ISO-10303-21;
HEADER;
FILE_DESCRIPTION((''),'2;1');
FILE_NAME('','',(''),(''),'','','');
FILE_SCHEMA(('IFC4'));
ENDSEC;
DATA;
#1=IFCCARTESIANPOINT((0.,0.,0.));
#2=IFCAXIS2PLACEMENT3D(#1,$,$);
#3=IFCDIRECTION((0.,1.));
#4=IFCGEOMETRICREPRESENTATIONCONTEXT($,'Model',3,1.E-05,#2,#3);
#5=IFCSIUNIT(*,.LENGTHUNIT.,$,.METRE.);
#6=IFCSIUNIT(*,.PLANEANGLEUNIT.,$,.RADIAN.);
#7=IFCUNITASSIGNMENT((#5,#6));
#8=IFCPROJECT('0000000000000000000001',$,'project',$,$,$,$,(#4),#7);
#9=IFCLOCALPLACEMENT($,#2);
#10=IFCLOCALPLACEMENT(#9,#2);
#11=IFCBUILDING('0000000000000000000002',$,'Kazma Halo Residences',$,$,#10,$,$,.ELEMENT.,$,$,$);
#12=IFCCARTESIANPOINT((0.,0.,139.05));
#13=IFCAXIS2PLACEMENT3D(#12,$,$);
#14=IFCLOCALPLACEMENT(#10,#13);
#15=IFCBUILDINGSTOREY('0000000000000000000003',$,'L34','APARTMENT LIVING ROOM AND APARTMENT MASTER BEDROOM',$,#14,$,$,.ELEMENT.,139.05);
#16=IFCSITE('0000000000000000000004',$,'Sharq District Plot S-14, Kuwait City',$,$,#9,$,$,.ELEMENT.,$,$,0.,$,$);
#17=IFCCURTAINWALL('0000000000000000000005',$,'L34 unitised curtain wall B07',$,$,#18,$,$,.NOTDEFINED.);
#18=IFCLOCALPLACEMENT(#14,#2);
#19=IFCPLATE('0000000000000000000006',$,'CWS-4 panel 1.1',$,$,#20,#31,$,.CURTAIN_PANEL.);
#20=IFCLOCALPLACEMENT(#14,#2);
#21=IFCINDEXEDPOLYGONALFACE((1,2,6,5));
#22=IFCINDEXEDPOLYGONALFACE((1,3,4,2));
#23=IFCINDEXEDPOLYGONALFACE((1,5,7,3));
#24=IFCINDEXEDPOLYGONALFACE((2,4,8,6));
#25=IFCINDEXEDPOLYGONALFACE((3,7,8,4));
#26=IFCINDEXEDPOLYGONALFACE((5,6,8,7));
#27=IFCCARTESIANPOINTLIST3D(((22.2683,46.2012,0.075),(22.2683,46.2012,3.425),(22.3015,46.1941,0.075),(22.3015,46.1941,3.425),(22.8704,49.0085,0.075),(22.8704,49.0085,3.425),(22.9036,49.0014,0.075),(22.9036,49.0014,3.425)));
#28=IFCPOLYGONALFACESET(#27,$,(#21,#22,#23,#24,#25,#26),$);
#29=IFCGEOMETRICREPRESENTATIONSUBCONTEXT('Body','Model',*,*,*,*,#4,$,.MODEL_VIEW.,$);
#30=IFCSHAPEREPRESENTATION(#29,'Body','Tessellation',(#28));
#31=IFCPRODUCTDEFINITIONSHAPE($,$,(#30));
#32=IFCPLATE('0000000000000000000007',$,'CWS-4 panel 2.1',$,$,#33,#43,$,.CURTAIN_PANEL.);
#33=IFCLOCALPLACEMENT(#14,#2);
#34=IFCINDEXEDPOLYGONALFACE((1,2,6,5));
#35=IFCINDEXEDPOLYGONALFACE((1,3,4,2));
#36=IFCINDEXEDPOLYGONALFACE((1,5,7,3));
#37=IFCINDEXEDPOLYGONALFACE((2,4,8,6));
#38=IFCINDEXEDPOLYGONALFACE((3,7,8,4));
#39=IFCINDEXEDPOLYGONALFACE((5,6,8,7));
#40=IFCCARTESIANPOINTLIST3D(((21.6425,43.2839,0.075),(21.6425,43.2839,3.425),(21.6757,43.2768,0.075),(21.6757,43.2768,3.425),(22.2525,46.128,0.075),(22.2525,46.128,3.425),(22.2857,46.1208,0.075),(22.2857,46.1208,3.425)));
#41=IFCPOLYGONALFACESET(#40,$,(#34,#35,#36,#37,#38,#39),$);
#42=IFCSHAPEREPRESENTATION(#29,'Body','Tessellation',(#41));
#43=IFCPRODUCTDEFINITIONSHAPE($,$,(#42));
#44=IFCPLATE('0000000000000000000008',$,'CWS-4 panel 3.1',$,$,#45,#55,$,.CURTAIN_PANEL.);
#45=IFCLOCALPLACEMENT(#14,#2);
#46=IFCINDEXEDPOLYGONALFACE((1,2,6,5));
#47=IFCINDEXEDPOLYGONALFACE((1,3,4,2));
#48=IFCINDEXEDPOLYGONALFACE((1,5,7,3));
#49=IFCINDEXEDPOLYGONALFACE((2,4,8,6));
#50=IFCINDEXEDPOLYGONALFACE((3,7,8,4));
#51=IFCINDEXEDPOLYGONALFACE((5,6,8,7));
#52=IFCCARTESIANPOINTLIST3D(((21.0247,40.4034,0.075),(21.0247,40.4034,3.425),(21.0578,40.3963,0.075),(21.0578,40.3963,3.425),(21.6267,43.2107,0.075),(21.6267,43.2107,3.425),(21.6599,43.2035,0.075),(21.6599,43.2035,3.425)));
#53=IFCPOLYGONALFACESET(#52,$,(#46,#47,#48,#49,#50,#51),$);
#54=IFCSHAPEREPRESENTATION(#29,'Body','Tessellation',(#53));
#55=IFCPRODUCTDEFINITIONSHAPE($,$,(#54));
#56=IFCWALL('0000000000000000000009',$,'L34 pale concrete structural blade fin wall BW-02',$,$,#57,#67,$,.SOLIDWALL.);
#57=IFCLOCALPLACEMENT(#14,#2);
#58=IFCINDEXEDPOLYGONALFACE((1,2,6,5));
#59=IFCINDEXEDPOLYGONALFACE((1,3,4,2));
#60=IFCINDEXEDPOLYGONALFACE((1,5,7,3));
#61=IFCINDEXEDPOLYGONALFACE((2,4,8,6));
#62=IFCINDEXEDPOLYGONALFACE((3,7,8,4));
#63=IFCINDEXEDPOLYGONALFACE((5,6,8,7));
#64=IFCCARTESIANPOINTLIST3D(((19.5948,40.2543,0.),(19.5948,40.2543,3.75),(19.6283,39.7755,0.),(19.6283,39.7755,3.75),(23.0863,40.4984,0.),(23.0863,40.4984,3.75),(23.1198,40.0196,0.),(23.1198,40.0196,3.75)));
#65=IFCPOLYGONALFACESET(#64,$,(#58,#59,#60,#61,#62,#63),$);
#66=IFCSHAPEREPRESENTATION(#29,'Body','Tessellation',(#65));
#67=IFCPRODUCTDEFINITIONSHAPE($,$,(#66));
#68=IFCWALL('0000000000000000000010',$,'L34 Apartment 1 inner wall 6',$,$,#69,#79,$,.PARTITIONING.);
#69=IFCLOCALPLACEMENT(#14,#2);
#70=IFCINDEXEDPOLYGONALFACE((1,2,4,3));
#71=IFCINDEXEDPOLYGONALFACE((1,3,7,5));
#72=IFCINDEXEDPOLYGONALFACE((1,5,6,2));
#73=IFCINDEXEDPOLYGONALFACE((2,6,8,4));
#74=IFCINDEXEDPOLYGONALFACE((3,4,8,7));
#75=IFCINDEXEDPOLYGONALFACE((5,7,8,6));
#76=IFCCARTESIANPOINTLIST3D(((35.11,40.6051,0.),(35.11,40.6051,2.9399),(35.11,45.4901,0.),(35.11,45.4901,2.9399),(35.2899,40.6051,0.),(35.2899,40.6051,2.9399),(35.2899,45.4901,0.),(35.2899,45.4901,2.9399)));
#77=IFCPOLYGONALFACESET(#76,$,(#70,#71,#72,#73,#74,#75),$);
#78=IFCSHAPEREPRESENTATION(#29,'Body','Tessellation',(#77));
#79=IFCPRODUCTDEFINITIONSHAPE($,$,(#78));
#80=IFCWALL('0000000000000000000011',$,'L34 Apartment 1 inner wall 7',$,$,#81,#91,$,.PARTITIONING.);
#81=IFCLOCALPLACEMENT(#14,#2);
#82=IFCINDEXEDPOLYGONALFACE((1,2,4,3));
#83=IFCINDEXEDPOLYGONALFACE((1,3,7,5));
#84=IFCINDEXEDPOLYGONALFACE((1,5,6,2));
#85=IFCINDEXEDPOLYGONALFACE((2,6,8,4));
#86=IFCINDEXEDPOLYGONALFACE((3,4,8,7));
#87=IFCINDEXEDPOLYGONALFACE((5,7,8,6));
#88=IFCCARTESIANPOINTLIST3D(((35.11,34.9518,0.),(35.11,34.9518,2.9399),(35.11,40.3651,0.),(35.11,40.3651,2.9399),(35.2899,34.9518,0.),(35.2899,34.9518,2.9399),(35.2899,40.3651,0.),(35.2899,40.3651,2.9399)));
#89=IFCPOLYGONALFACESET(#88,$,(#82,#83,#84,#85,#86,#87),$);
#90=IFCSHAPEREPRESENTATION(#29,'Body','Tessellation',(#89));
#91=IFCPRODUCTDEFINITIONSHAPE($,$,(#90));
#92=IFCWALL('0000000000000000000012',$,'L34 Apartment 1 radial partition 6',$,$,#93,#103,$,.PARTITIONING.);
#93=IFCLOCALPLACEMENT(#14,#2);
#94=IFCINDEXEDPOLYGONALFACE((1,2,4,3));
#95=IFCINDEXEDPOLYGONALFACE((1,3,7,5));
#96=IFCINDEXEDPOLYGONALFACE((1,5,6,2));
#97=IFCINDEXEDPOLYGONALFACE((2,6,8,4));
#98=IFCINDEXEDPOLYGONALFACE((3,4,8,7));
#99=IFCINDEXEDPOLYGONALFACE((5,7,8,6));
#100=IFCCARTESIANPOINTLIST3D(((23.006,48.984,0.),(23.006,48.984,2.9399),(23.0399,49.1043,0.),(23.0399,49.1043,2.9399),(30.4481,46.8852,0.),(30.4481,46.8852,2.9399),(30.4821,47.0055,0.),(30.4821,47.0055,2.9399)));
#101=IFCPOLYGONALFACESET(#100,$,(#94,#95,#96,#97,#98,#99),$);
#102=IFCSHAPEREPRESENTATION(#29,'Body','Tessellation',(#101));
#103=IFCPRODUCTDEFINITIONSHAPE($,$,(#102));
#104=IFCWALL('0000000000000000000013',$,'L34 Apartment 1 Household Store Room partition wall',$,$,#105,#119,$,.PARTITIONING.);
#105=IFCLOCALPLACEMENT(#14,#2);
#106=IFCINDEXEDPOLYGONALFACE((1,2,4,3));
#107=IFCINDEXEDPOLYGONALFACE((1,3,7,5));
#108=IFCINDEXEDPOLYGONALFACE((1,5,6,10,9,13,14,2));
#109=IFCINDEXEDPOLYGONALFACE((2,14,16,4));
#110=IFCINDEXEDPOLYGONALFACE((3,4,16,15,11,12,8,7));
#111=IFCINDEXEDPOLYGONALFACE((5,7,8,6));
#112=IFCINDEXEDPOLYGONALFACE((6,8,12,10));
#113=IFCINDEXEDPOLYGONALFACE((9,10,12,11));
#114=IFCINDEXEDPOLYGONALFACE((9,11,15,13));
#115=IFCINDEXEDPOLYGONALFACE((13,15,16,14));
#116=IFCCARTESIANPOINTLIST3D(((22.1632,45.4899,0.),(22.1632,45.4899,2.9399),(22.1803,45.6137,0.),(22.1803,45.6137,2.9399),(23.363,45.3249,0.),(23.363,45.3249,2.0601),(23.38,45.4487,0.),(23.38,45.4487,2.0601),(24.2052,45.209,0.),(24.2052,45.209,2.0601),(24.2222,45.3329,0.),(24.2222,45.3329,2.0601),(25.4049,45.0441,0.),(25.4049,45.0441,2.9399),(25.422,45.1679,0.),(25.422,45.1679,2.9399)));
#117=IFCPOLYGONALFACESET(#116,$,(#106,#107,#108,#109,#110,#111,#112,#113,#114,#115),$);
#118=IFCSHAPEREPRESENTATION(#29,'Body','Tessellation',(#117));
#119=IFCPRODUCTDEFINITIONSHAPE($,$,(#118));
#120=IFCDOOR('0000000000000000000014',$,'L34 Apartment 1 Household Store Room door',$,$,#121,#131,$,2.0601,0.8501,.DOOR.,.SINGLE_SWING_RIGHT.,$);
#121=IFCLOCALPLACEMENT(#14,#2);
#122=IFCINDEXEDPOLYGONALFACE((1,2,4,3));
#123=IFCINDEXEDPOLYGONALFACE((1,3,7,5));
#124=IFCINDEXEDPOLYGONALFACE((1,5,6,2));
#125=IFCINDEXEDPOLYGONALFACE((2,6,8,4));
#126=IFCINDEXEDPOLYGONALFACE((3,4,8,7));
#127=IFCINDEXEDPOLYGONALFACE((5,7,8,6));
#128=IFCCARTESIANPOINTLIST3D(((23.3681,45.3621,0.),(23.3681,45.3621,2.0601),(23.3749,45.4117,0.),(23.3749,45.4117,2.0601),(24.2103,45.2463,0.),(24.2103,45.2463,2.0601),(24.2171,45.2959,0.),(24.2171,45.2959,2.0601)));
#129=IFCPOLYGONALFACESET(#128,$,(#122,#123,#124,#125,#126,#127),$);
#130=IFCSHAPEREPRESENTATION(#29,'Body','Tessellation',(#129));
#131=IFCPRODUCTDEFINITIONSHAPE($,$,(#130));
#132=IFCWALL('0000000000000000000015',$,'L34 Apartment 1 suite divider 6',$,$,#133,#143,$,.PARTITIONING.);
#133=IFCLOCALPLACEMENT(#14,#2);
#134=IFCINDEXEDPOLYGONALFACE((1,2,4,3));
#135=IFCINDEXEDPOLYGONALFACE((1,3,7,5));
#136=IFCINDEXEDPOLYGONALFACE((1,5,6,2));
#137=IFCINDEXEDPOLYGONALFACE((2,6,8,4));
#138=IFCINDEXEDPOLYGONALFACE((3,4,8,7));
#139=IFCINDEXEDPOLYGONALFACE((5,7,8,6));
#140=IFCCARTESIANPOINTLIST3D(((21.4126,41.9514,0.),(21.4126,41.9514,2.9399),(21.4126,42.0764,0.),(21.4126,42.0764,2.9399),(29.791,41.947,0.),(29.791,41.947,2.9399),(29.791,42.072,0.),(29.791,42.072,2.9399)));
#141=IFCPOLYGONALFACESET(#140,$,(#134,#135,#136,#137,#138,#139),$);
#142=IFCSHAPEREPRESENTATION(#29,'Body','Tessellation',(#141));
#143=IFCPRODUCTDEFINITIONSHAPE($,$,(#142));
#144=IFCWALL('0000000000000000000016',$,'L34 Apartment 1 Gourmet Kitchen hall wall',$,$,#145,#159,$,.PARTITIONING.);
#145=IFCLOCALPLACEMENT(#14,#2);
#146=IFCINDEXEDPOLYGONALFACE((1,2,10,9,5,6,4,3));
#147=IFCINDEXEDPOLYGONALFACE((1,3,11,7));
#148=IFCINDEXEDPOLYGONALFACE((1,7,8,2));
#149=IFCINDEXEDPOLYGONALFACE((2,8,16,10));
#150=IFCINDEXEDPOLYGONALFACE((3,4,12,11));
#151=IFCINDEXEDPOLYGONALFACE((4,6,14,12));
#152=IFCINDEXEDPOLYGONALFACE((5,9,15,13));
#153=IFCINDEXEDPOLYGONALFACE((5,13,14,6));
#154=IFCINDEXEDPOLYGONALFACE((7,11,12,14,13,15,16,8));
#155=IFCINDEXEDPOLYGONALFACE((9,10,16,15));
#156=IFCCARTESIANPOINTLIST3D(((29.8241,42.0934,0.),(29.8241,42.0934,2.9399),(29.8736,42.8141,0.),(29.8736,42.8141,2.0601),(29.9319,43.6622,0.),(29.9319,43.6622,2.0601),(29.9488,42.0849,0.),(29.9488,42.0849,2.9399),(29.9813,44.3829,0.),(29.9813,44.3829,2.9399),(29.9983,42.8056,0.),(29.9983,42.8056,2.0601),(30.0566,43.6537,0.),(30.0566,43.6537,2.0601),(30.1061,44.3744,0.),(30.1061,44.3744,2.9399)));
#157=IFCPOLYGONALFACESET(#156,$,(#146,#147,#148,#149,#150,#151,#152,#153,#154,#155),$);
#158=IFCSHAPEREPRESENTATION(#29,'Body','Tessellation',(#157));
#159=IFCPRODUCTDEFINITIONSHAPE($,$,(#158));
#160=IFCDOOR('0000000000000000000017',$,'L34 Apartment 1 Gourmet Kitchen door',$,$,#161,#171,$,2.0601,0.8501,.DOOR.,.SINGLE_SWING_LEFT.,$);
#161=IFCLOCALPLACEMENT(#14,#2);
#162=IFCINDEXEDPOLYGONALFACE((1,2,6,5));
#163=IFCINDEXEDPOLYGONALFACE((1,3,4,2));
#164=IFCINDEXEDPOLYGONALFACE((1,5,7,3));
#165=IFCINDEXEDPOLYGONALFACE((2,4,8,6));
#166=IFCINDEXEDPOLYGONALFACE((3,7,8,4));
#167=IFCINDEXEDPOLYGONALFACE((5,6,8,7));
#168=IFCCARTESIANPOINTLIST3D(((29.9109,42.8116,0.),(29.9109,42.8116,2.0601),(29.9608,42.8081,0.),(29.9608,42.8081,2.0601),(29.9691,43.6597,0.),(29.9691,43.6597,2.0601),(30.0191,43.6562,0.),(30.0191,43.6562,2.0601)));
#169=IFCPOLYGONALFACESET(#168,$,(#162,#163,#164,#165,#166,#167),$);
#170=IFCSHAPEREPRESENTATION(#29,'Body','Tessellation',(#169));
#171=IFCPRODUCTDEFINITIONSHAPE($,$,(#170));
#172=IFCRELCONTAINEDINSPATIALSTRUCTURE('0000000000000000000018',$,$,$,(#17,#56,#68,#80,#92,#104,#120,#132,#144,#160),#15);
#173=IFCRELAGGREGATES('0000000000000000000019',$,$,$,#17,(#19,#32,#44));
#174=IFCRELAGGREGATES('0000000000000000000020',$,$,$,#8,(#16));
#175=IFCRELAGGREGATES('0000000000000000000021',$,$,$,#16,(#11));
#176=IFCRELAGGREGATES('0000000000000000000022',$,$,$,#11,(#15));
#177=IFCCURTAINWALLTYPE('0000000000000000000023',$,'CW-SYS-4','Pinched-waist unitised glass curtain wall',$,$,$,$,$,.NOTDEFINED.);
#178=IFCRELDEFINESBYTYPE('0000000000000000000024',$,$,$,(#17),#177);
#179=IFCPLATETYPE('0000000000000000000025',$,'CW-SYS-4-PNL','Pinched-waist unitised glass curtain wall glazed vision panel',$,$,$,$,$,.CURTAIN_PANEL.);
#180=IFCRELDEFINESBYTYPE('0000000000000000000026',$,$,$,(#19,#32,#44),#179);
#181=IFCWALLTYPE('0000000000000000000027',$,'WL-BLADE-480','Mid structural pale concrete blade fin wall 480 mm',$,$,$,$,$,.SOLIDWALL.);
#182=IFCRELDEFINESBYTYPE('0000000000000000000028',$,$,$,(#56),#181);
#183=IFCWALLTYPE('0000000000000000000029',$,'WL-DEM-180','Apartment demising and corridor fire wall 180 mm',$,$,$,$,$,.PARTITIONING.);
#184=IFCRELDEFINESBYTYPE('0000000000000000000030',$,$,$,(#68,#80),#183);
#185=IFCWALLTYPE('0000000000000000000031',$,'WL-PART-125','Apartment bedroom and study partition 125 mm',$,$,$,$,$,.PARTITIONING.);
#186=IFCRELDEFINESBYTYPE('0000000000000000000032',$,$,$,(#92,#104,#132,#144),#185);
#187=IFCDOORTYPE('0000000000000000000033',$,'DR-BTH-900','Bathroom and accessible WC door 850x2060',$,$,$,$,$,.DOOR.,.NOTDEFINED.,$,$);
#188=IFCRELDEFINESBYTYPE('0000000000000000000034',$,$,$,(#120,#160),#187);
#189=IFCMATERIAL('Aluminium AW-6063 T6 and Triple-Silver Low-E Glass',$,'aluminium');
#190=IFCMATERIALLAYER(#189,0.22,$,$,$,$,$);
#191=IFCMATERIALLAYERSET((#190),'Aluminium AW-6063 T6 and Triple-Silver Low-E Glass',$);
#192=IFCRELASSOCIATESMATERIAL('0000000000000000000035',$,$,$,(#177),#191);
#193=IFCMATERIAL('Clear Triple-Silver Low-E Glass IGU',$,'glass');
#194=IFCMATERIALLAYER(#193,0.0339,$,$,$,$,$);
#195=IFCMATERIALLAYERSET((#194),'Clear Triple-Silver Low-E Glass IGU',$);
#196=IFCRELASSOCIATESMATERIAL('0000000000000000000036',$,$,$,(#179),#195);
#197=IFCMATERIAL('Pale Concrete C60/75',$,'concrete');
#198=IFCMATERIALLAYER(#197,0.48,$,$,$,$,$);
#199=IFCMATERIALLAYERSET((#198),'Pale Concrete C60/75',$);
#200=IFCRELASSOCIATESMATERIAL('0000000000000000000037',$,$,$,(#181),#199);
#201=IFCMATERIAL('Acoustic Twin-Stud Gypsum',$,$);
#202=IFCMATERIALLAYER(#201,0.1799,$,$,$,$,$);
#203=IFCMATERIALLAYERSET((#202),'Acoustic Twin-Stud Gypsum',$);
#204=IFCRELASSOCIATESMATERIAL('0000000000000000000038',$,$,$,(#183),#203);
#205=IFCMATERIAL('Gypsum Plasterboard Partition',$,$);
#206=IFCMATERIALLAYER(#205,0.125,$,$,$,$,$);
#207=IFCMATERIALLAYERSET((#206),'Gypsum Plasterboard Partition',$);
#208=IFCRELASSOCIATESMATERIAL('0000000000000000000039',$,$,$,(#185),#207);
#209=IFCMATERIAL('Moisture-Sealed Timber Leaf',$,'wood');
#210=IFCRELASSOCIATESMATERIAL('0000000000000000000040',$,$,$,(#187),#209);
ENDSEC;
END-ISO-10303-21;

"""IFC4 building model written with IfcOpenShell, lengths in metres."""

from ifc_helpers import new_model, si_unit, direction, frame, frame_2d, origin, origin_2d, place, context, subcontext, project, spatial, rectangle, extrude, material, layer, layer_set, type_object, element, fill, aggregate, save


model = new_model("IFC4")

# Units and contexts
model_context = context("Model", 3, precision=1e-05, world=origin(), true_north=direction((0.0, 1.0)))
body_context = subcontext(model_context, "Body", "Model", "MODEL_VIEW")
ifc_project = project(units=[si_unit("LENGTHUNIT", "METRE"), si_unit("PLANEANGLEUNIT", "RADIAN")], contexts=[model_context])

# Site, building, storey
site_placement = place(None, origin())
site = spatial("IfcSite", under=ifc_project, at=site_placement, Name="Sharq District Plot S-14, Kuwait City", CompositionType="ELEMENT", RefElevation=0.0)
building_placement = place(site_placement, origin())
building = spatial("IfcBuilding", under=site, at=building_placement, Name="Kazma Halo Residences", CompositionType="ELEMENT")
storey_placement = place(building_placement, frame((0.0, 0.0, 139.05)))
storey = spatial("IfcBuildingStorey", under=building, at=storey_placement, Name="L34", Description="APARTMENT LIVING ROOM AND APARTMENT MASTER BEDROOM", CompositionType="ELEMENT", Elevation=139.05)

# Curtain wall, plates
ifc_material_1 = material(Name="Aluminium AW-6063 T6 and Triple-Silver Low-E Glass", Category="aluminium")
ifc_layer_1 = layer(ifc_material_1, 0.22)
ifc_layer_set_1 = layer_set([ifc_layer_1], Name="Aluminium AW-6063 T6 and Triple-Silver Low-E Glass")
curtain_wall_type = type_object("IfcCurtainWallType", Name="CW-SYS-4", Description="Pinched-waist unitised glass curtain wall", PredefinedType="NOTDEFINED", material=ifc_layer_set_1)
curtain_wall_placement = place(storey_placement, origin())
curtain_wall = element("IfcCurtainWall", 1, at=curtain_wall_placement, inside=storey, type_object=curtain_wall_type, Name="L34 unitised curtain wall B07", PredefinedType="NOTDEFINED")
ifc_material_2 = material(Name="Clear Triple-Silver Low-E Glass IGU", Category="glass")
ifc_layer_2 = layer(ifc_material_2, 0.0339)
ifc_layer_set_2 = layer_set([ifc_layer_2], Name="Clear Triple-Silver Low-E Glass IGU")
plate_type = type_object("IfcPlateType", Name="CW-SYS-4-PNL", Description="Pinched-waist unitised glass curtain wall glazed vision panel", PredefinedType="CURTAIN_PANEL", material=ifc_layer_set_2)
plate_1_placement = place(storey_placement, frame((22.5859, 47.6013, 0.075), z_axis=(0.0, 0.0, 1.0), x_axis=(-0.209704, -0.977765, 0.0)))
plate_1 = element("IfcPlate", 2, at=plate_1_placement, type_object=plate_type, Name="CWS-4 panel 1.1", PredefinedType="CURTAIN_PANEL", context=body_context, shape_type="SweptSolid", body=[
    extrude(rectangle(XDim=2.8711, YDim=0.0339, at=origin_2d()), origin(), (0.0, 0.0, 1.0), 3.3501),
])
plate_2_placement = place(storey_placement, frame((21.9641, 44.7024, 0.075), z_axis=(0.0, 0.0, 1.0), x_axis=(-0.209704, -0.977765, 0.0)))
plate_2 = element("IfcPlate", 3, at=plate_2_placement, type_object=plate_type, Name="CWS-4 panel 2.1", PredefinedType="CURTAIN_PANEL", context=body_context, shape_type="SweptSolid", body=[
    extrude(rectangle(XDim=2.9087, YDim=0.0339, at=origin_2d()), origin(), (0.0, 0.0, 1.0), 3.3501),
])
plate_3_placement = place(storey_placement, frame((21.3423, 41.8035, 0.075), z_axis=(0.0, 0.0, 1.0), x_axis=(-0.209704, -0.977765, 0.0)))
plate_3 = element("IfcPlate", 4, at=plate_3_placement, type_object=plate_type, Name="CWS-4 panel 3.1", PredefinedType="CURTAIN_PANEL", context=body_context, shape_type="SweptSolid", body=[
    extrude(rectangle(XDim=2.8711, YDim=0.0339, at=origin_2d()), origin(), (0.0, 0.0, 1.0), 3.3501),
])
aggregate(curtain_wall, [plate_1, plate_2, plate_3])

# Walls
ifc_material_3 = material(Name="Pale Concrete C60/75", Category="concrete")
ifc_layer_3 = layer(ifc_material_3, 0.48)
ifc_layer_set_3 = layer_set([ifc_layer_3], Name="Pale Concrete C60/75")
wall_type_1 = type_object("IfcWallType", Name="WL-BLADE-480", Description="Mid structural pale concrete blade fin wall 480 mm", PredefinedType="SOLIDWALL", material=ifc_layer_set_3)
wall_1_placement = place(storey_placement, frame((23.103, 40.259, 0.0), z_axis=(0.0, 0.0, 1.0), x_axis=(-0.997564, -0.069755, 0.0)))
element("IfcWall", 5, at=wall_1_placement, inside=storey, type_object=wall_type_1, Name="L34 pale concrete structural blade fin wall BW-02", PredefinedType="SOLIDWALL", context=body_context, shape_type="SweptSolid", body=[
    extrude(rectangle(XDim=3.5, YDim=0.48, at=frame_2d((1.75, 0.0))), origin(), (0.0, 0.0, 1.0), 3.75),
])
ifc_material_4 = material(Name="Acoustic Twin-Stud Gypsum")
ifc_layer_4 = layer(ifc_material_4, 0.1799)
ifc_layer_set_4 = layer_set([ifc_layer_4], Name="Acoustic Twin-Stud Gypsum")
wall_type_2 = type_object("IfcWallType", Name="WL-DEM-180", Description="Apartment demising and corridor fire wall 180 mm", PredefinedType="PARTITIONING", material=ifc_layer_set_4)
wall_2_placement = place(storey_placement, frame((35.2, 45.49, 0.0), z_axis=(0.0, 0.0, 1.0), x_axis=(0.0, -1.0, 0.0)))
element("IfcWall", 6, at=wall_2_placement, inside=storey, type_object=wall_type_2, Name="L34 Apartment 1 inner wall 6", PredefinedType="PARTITIONING", context=body_context, shape_type="SweptSolid", body=[
    extrude(rectangle(XDim=4.885, YDim=0.1799, at=frame_2d((2.4424, 0.0))), origin(), (0.0, 0.0, 1.0), 2.9399),
])
wall_3_placement = place(storey_placement, frame((35.2, 40.365, 0.0), z_axis=(0.0, 0.0, 1.0), x_axis=(0.0, -1.0, 0.0)))
element("IfcWall", 7, at=wall_3_placement, inside=storey, type_object=wall_type_2, Name="L34 Apartment 1 inner wall 7", PredefinedType="PARTITIONING", context=body_context, shape_type="SweptSolid", body=[
    extrude(rectangle(XDim=5.4133, YDim=0.1799, at=frame_2d((2.7065, 0.0))), origin(), (0.0, 0.0, 1.0), 2.9399),
])
ifc_material_5 = material(Name="Gypsum Plasterboard Partition")
ifc_layer_5 = layer(ifc_material_5, 0.125)
ifc_layer_set_5 = layer_set([ifc_layer_5], Name="Gypsum Plasterboard Partition")
wall_type_3 = type_object("IfcWallType", Name="WL-PART-125", Description="Apartment bedroom and study partition 125 mm", PredefinedType="PARTITIONING", material=ifc_layer_set_5)
wall_4_placement = place(storey_placement, frame((30.4651, 46.9453, 0.0), z_axis=(0.0, 0.0, 1.0), x_axis=(-0.962456, 0.271438, 0.0)))
element("IfcWall", 8, at=wall_4_placement, inside=storey, type_object=wall_type_3, Name="L34 Apartment 1 radial partition 6", PredefinedType="PARTITIONING", context=body_context, shape_type="SweptSolid", body=[
    extrude(rectangle(XDim=7.7324, YDim=0.125, at=frame_2d((3.8662, 0.0))), origin(), (0.0, 0.0, 1.0), 2.9399),
])

# Wall, opening, door
wall_5_placement = place(storey_placement, frame((25.4136, 45.106, 0.0), z_axis=(0.0, 0.0, 1.0), x_axis=(-0.990676, 0.136238, 0.0)))
wall_5 = element("IfcWall", 9, at=wall_5_placement, inside=storey, type_object=wall_type_3, Name="L34 Apartment 1 Household Store Room partition wall", PredefinedType="PARTITIONING", context=body_context, shape_type="SweptSolid", body=[
    extrude(rectangle(XDim=3.2722, YDim=0.125, at=frame_2d((1.6362, 0.0))), origin(), (0.0, 0.0, 1.0), 2.9399),
])
opening_1_placement = place(wall_5_placement, frame((1.2112, 0.0, 0.0)))
opening_1 = element("IfcOpeningElement", 10, at=opening_1_placement, cuts=wall_5, PredefinedType="OPENING", context=body_context, shape_type="SweptSolid", body=[
    extrude(rectangle(XDim=0.8501, YDim=2.0601, at=frame_2d((0.425, 1.03))), frame((0.0, 0.0725, 0.0), z_axis=(0.0, -1.0, 0.0), x_axis=(1.0, 0.0, 0.0)), (0.0, 0.0, 1.0), 0.145),
])
ifc_material_6 = material(Name="Moisture-Sealed Timber Leaf", Category="wood")
door_type = type_object("IfcDoorType", Name="DR-BTH-900", Description="Bathroom and accessible WC door 850x2060", OperationType="NOTDEFINED", PredefinedType="DOOR", material=ifc_material_6)
door_1_placement = place(opening_1_placement, origin())
door_1 = element("IfcDoor", 11, at=door_1_placement, inside=storey, type_object=door_type, Name="L34 Apartment 1 Household Store Room door", OperationType="SINGLE_SWING_RIGHT", OverallHeight=2.0601, OverallWidth=0.8501, PredefinedType="DOOR", context=body_context, shape_type="SweptSolid", body=[
    extrude(rectangle(XDim=0.8501, YDim=2.0601, at=frame_2d((0.425, 1.03))), frame((0.0, 0.0249, 0.0), z_axis=(0.0, -1.0, 0.0), x_axis=(1.0, 0.0, 0.0)), (0.0, 0.0, 1.0), 0.05),
])
fill(opening_1, door_1)

# Wall
wall_6_placement = place(storey_placement, frame((29.791, 42.0095, 0.0), z_axis=(0.0, 0.0, 1.0), x_axis=(-1.0, 0.000525, 0.0)))
element("IfcWall", 12, at=wall_6_placement, inside=storey, type_object=wall_type_3, Name="L34 Apartment 1 suite divider 6", PredefinedType="PARTITIONING", context=body_context, shape_type="SweptSolid", body=[
    extrude(rectangle(XDim=8.3784, YDim=0.125, at=frame_2d((4.1892, 0.0))), origin(), (0.0, 0.0, 1.0), 2.9399),
])

# Wall, opening, door
wall_7_placement = place(storey_placement, frame((30.0437, 44.3787, 0.0), z_axis=(0.0, 0.0, 1.0), x_axis=(-0.06851, -0.99765, 0.0)))
wall_7 = element("IfcWall", 13, at=wall_7_placement, inside=storey, type_object=wall_type_3, Name="L34 Apartment 1 Gourmet Kitchen hall wall", PredefinedType="PARTITIONING", context=body_context, shape_type="SweptSolid", body=[
    extrude(rectangle(XDim=2.2949, YDim=0.125, at=frame_2d((1.1475, 0.0))), origin(), (0.0, 0.0, 1.0), 2.9399),
])
opening_2_placement = place(wall_7_placement, frame((0.7224, 0.0, 0.0)))
opening_2 = element("IfcOpeningElement", 14, at=opening_2_placement, cuts=wall_7, PredefinedType="OPENING", context=body_context, shape_type="SweptSolid", body=[
    extrude(rectangle(XDim=0.8501, YDim=2.0601, at=frame_2d((0.425, 1.03))), frame((0.0, 0.0725, 0.0), z_axis=(0.0, -1.0, 0.0), x_axis=(1.0, 0.0, 0.0)), (0.0, 0.0, 1.0), 0.145),
])
door_2_placement = place(opening_2_placement, origin())
door_2 = element("IfcDoor", 15, at=door_2_placement, inside=storey, type_object=door_type, Name="L34 Apartment 1 Gourmet Kitchen door", OperationType="SINGLE_SWING_LEFT", OverallHeight=2.0601, OverallWidth=0.8501, PredefinedType="DOOR", context=body_context, shape_type="SweptSolid", body=[
    extrude(rectangle(XDim=0.8501, YDim=2.0601, at=frame_2d((0.425, 1.03))), frame((0.0, 0.0249, 0.0), z_axis=(0.0, -1.0, 0.0), x_axis=(1.0, 0.0, 0.0)), (0.0, 0.0, 1.0), 0.05),
])
fill(opening_2, door_2)

save(model, "model.ifc")
